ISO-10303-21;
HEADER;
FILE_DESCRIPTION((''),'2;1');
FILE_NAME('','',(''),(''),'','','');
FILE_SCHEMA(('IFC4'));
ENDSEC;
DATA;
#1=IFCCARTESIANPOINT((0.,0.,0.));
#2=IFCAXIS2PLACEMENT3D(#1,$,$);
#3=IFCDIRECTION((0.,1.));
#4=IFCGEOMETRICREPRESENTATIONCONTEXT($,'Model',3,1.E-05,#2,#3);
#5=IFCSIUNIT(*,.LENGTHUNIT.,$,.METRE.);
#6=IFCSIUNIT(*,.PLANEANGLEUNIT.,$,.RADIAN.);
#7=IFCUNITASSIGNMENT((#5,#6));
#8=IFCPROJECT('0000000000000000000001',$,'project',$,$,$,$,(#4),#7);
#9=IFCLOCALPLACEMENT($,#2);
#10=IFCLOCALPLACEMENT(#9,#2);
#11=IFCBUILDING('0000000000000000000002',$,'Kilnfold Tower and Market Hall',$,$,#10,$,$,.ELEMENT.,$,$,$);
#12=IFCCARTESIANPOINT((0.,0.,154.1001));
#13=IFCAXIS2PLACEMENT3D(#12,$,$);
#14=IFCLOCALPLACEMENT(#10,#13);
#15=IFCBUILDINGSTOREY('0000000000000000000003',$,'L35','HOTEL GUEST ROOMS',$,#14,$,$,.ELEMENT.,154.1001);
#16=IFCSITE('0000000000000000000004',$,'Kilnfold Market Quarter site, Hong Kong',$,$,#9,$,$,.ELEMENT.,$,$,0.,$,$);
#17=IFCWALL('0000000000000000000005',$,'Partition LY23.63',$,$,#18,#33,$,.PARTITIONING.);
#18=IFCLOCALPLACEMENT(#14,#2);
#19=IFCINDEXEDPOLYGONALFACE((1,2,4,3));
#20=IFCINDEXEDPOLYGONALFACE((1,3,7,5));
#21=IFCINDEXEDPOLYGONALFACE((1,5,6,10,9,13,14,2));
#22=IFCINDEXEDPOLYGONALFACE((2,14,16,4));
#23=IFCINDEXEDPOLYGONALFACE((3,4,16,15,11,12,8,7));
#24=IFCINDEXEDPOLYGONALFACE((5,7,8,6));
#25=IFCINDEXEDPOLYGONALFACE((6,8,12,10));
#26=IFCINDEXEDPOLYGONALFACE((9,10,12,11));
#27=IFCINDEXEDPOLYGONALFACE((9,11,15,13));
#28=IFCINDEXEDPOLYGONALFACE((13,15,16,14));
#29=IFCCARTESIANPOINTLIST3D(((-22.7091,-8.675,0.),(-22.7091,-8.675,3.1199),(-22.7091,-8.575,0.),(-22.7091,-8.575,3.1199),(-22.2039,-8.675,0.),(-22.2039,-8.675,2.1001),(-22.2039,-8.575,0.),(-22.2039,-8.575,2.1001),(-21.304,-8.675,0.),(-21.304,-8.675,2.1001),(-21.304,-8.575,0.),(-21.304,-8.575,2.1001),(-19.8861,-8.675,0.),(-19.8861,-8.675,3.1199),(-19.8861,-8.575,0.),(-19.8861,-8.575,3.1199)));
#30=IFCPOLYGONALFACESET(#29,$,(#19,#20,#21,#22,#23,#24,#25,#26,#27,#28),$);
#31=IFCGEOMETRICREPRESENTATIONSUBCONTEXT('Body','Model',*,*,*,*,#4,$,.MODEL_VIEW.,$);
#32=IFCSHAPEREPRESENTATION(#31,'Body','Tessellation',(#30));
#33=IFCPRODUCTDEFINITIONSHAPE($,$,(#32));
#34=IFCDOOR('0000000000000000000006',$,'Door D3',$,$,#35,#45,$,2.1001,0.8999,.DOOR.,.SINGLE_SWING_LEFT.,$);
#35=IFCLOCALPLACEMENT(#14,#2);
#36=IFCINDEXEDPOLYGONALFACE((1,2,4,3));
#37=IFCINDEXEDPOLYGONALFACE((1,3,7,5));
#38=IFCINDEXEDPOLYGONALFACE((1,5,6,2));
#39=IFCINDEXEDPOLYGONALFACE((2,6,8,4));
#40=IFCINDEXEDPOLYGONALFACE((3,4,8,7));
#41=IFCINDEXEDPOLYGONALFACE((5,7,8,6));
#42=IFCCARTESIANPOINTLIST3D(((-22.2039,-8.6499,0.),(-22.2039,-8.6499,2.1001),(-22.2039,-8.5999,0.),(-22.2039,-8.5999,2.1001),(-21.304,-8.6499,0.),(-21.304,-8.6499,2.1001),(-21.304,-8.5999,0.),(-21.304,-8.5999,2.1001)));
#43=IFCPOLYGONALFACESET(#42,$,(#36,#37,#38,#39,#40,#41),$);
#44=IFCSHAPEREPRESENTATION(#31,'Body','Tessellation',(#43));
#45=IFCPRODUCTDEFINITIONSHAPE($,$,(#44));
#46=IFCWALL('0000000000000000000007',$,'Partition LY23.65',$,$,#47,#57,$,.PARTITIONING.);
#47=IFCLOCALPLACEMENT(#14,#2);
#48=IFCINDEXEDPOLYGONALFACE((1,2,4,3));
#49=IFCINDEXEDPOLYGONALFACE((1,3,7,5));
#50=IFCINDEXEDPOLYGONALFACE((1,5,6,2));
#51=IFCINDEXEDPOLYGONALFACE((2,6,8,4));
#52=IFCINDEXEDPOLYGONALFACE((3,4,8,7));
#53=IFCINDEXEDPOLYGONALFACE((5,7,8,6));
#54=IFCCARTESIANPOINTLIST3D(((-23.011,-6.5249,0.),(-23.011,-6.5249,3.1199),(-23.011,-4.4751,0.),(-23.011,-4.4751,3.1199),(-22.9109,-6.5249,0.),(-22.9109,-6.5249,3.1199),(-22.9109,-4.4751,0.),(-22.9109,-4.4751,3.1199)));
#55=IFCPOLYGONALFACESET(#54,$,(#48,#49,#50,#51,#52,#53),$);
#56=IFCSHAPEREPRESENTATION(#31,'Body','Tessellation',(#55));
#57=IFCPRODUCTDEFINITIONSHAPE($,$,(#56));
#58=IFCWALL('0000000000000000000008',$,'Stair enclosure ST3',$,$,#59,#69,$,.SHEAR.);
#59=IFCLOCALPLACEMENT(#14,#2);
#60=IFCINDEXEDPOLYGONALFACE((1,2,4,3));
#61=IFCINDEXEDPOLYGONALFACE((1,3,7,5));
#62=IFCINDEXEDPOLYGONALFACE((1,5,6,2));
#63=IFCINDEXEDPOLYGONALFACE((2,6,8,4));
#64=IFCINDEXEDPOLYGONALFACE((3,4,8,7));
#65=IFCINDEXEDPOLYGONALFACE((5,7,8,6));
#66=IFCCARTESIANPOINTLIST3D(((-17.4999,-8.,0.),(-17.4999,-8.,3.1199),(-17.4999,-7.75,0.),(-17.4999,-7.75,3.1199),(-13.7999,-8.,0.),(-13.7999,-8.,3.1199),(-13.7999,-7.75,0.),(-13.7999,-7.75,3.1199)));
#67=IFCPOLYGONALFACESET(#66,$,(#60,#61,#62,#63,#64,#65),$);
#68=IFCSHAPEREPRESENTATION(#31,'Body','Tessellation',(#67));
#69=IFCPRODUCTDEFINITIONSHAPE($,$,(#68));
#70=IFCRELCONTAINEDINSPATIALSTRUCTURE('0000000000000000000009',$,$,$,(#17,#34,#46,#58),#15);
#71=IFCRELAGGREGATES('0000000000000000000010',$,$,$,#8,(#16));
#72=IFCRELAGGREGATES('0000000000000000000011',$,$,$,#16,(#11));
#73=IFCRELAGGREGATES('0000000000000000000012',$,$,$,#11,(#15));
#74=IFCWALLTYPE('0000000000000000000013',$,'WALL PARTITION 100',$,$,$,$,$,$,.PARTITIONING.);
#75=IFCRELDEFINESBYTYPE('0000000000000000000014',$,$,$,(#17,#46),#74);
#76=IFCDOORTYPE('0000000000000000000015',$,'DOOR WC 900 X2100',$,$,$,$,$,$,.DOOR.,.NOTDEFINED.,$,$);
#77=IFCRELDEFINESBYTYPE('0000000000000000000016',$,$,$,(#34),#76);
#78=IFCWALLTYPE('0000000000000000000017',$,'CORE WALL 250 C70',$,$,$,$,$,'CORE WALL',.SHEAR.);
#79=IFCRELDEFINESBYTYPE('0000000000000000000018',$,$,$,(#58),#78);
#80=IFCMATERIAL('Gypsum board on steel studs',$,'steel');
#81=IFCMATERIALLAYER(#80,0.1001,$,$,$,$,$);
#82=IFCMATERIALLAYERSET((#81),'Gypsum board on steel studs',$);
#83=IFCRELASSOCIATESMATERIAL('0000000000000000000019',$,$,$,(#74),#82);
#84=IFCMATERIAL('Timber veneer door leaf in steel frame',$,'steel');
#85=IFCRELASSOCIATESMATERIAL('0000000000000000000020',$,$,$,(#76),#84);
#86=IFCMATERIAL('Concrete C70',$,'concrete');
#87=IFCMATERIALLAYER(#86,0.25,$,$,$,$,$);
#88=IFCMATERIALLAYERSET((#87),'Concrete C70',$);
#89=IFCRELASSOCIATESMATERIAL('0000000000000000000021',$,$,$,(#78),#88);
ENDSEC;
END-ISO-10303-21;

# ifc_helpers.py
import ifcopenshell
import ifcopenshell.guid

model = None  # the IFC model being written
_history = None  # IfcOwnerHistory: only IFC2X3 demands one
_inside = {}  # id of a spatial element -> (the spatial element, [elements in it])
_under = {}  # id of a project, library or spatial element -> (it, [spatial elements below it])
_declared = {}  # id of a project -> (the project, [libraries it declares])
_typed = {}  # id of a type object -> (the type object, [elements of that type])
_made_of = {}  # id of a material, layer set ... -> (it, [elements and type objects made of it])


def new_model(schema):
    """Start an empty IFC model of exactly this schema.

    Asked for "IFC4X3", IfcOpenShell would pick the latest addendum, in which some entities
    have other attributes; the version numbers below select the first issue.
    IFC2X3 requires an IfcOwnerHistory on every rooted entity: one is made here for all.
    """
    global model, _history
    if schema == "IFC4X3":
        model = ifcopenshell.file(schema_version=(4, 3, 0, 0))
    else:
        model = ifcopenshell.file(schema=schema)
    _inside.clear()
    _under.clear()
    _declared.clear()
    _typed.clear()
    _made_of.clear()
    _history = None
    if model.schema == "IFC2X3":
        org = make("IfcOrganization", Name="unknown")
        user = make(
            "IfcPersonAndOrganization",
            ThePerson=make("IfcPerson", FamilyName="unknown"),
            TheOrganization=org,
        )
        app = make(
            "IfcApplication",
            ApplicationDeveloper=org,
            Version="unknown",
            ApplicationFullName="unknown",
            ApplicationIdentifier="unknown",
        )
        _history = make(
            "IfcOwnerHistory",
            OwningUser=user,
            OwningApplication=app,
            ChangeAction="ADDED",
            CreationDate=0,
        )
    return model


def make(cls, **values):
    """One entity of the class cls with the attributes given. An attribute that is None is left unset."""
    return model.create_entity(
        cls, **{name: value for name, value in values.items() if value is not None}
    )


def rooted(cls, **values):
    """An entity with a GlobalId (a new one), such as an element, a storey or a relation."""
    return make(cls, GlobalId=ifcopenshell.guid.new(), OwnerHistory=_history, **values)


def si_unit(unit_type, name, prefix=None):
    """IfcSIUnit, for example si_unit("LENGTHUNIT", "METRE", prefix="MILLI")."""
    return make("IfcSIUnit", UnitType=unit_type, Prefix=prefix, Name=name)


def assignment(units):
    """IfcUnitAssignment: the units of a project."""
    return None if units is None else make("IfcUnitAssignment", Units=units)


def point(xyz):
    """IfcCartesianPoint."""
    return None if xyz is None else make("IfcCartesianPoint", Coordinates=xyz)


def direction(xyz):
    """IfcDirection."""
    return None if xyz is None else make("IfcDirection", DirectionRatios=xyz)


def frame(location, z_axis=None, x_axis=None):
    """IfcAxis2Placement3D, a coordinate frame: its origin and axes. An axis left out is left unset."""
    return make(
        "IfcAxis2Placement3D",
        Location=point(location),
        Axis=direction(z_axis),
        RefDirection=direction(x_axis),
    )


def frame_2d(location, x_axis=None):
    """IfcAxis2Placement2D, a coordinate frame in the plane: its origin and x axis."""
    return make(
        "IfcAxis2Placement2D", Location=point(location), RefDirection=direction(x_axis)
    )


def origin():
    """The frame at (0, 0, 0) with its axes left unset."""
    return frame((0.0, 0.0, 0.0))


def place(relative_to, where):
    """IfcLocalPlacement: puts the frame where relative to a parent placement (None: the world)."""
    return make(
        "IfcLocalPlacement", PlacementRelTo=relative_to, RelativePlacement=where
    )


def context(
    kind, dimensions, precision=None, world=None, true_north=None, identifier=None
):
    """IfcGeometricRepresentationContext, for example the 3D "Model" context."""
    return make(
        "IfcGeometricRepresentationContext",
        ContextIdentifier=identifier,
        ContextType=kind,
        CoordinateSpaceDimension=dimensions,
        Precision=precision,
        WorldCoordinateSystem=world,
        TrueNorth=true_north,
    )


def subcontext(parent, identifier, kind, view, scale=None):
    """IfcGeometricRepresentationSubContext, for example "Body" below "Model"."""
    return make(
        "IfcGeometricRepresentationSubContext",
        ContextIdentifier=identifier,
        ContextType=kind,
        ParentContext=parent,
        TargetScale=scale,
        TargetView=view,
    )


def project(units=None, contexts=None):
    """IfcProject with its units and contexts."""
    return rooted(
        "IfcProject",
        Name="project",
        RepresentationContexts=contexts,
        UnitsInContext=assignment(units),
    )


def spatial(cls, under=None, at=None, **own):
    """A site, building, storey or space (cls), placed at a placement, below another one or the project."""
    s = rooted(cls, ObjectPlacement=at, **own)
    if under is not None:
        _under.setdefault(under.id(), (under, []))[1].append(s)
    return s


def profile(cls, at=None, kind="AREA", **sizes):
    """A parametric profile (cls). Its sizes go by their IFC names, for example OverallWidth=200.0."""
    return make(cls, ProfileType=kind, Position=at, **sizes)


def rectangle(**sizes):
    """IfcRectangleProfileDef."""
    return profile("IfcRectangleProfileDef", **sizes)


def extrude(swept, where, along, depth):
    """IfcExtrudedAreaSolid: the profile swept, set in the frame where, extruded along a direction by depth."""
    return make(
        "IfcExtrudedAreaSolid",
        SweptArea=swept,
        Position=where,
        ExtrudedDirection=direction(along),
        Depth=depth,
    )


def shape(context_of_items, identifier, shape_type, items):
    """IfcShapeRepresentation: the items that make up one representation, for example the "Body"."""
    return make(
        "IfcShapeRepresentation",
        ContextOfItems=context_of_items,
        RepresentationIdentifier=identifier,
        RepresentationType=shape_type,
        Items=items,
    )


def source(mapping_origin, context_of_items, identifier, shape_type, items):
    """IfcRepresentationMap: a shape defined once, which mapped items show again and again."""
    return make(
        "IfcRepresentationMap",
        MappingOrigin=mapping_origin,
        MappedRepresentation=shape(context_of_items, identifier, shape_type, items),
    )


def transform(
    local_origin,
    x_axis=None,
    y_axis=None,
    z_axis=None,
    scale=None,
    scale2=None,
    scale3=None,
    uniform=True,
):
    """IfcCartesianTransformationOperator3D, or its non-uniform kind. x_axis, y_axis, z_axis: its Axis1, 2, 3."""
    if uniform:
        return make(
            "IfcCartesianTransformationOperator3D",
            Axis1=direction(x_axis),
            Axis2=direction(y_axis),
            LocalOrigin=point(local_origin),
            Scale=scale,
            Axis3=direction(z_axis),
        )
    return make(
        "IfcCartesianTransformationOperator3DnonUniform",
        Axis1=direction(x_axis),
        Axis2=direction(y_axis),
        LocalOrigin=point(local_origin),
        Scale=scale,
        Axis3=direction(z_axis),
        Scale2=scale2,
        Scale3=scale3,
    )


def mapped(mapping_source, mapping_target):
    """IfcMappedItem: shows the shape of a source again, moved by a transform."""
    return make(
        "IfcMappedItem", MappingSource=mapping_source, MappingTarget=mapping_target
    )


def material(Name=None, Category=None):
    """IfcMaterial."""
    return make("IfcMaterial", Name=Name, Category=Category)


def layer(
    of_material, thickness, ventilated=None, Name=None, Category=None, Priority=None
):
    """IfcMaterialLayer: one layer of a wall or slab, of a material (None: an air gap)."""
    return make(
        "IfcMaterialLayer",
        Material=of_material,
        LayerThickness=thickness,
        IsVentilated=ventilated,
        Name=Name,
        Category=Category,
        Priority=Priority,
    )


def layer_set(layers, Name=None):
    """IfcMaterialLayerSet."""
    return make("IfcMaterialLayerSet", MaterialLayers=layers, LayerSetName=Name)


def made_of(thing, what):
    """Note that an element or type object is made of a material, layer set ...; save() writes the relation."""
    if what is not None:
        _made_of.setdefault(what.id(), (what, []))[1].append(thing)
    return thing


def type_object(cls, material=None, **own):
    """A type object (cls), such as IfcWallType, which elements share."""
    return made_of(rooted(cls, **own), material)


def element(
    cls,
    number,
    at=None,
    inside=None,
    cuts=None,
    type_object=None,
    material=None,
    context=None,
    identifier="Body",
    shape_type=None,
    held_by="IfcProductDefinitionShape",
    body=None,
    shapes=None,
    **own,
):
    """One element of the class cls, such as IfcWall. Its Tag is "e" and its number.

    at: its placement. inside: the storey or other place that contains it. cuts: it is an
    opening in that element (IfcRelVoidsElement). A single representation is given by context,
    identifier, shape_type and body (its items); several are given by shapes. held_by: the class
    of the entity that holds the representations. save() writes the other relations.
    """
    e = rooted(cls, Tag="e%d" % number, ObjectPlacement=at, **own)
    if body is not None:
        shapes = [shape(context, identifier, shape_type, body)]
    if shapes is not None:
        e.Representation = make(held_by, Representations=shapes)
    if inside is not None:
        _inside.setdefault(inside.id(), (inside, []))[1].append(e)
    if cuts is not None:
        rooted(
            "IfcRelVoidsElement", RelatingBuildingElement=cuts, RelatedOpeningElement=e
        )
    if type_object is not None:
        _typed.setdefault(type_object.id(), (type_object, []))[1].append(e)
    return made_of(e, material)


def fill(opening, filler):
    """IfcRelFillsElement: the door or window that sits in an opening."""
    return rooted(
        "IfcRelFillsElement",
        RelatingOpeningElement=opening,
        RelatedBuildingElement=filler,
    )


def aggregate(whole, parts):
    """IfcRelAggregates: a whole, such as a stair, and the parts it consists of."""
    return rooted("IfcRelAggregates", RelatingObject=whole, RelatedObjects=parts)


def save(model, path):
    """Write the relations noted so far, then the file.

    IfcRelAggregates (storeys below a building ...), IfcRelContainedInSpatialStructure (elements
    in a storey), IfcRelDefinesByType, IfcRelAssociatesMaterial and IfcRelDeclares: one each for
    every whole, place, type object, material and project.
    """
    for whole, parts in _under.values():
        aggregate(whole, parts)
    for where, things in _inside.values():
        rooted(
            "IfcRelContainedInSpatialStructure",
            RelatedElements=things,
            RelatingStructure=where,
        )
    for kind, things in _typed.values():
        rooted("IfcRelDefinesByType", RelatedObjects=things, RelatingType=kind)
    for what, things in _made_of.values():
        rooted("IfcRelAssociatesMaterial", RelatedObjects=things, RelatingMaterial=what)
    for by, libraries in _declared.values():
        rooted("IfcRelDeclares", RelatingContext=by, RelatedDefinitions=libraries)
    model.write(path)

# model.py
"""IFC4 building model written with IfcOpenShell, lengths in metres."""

from ifc_helpers import new_model, si_unit, direction, frame, frame_2d, origin, place, context, subcontext, project, spatial, rectangle, extrude, source, transform, mapped, material, layer, layer_set, type_object, element, fill, save


model = new_model("IFC4")

# Units and contexts
model_context = context("Model", 3, precision=1e-05, world=origin(), true_north=direction((0.0, 1.0)))
body_context = subcontext(model_context, "Body", "Model", "MODEL_VIEW")
ifc_project = project(units=[si_unit("LENGTHUNIT", "METRE"), si_unit("PLANEANGLEUNIT", "RADIAN")], contexts=[model_context])

# Site, building, storey
site_placement = place(None, origin())
site = spatial("IfcSite", under=ifc_project, at=site_placement, Name="Kilnfold Market Quarter site, Hong Kong", CompositionType="ELEMENT", RefElevation=0.0)
building_placement = place(site_placement, origin())
building = spatial("IfcBuilding", under=site, at=building_placement, Name="Kilnfold Tower and Market Hall", CompositionType="ELEMENT")
storey_placement = place(building_placement, frame((0.0, 0.0, 154.1001)))
storey = spatial("IfcBuildingStorey", under=building, at=storey_placement, Name="L35", Description="HOTEL GUEST ROOMS", CompositionType="ELEMENT", Elevation=154.1001)

# Shared definitions
ifc_material_1 = material(Name="Gypsum board on steel studs", Category="steel")
ifc_layer_1 = layer(ifc_material_1, 0.1001)
ifc_layer_set_1 = layer_set([ifc_layer_1], Name="Gypsum board on steel studs")
wall_type_1 = type_object("IfcWallType", Name="WALL PARTITION 100", PredefinedType="PARTITIONING", material=ifc_layer_set_1)

# Wall, opening, door
wall_1_placement = place(storey_placement, frame((-19.886, -8.625, 0.0), z_axis=(0.0, 0.0, 1.0), x_axis=(-1.0, 0.0, 0.0)))
wall_1 = element("IfcWall", 1, at=wall_1_placement, inside=storey, type_object=wall_type_1, Name="Partition LY23.63", PredefinedType="PARTITIONING", context=body_context, shape_type="SweptSolid", body=[
    extrude(rectangle(XDim=2.823, YDim=0.1001, at=frame_2d((1.4116, 0.0))), origin(), (0.0, 0.0, 1.0), 3.1199),
])
opening_1_placement = place(wall_1_placement, frame((1.418, 0.0, 0.0)))
opening_1 = element("IfcOpeningElement", 2, at=opening_1_placement, cuts=wall_1, PredefinedType="OPENING", context=body_context, shape_type="SweptSolid", body=[
    extrude(rectangle(XDim=0.8999, YDim=2.1001, at=frame_2d((0.45, 1.05))), frame((0.0, 0.0601, 0.0), z_axis=(0.0, -1.0, 0.0), x_axis=(1.0, 0.0, 0.0)), (0.0, 0.0, 1.0), 0.1201),
])
ifc_material_2 = material(Name="Timber veneer door leaf in steel frame", Category="steel")
door_type_1 = type_object("IfcDoorType", Name="DOOR WC 900 X2100", OperationType="NOTDEFINED", PredefinedType="DOOR", material=ifc_material_2)
door_1_placement = place(opening_1_placement, origin())
door_1 = element("IfcDoor", 3, at=door_1_placement, inside=storey, type_object=door_type_1, Name="Door D3", OperationType="SINGLE_SWING_LEFT", OverallHeight=2.1001, OverallWidth=0.8999, PredefinedType="DOOR", context=body_context, shape_type="SweptSolid", body=[
    extrude(rectangle(XDim=0.8999, YDim=2.1001, at=frame_2d((0.45, 1.05))), frame((0.0, 0.0249, 0.0), z_axis=(0.0, -1.0, 0.0), x_axis=(1.0, 0.0, 0.0)), (0.0, 0.0, 1.0), 0.05),
])
fill(opening_1, door_1)

# Walls
wall_2_placement = place(storey_placement, frame((-22.9609, -6.5249, 0.0), z_axis=(0.0, 0.0, 1.0), x_axis=(0.0, 1.0, 0.0)))
element("IfcWall", 4, at=wall_2_placement, inside=storey, type_object=wall_type_1, Name="Partition LY23.65", PredefinedType="PARTITIONING", context=body_context, shape_type="SweptSolid", body=[
    extrude(rectangle(XDim=2.0498, YDim=0.1001, at=frame_2d((1.0249, 0.0))), origin(), (0.0, 0.0, 1.0), 3.1199),
])
ifc_material_3 = material(Name="Concrete C70", Category="concrete")
ifc_layer_2 = layer(ifc_material_3, 0.25)
ifc_layer_set_2 = layer_set([ifc_layer_2], Name="Concrete C70")
wall_type_2 = type_object("IfcWallType", Name="CORE WALL 250 C70", ElementType="CORE WALL", PredefinedType="SHEAR", material=ifc_layer_set_2)
shared_shape_1 = source(origin(), body_context, "Body", "SweptSolid", [
    extrude(rectangle(XDim=3.7, YDim=0.25, at=frame_2d((1.8501, 0.0))), origin(), (0.0, 0.0, 1.0), 3.1199),
])
wall_3_placement = place(storey_placement, frame((-17.5, -7.875, 0.0), z_axis=(0.0, 0.0, 1.0), x_axis=(1.0, 0.0, 0.0)))
element("IfcWall", 5, at=wall_3_placement, inside=storey, type_object=wall_type_2, Name="Stair enclosure ST3", PredefinedType="SHEAR", context=body_context, shape_type="MappedRepresentation", body=[
    mapped(shared_shape_1, transform((0.0, 0.0, 0.0))),
])

save(model, "model.ifc")
